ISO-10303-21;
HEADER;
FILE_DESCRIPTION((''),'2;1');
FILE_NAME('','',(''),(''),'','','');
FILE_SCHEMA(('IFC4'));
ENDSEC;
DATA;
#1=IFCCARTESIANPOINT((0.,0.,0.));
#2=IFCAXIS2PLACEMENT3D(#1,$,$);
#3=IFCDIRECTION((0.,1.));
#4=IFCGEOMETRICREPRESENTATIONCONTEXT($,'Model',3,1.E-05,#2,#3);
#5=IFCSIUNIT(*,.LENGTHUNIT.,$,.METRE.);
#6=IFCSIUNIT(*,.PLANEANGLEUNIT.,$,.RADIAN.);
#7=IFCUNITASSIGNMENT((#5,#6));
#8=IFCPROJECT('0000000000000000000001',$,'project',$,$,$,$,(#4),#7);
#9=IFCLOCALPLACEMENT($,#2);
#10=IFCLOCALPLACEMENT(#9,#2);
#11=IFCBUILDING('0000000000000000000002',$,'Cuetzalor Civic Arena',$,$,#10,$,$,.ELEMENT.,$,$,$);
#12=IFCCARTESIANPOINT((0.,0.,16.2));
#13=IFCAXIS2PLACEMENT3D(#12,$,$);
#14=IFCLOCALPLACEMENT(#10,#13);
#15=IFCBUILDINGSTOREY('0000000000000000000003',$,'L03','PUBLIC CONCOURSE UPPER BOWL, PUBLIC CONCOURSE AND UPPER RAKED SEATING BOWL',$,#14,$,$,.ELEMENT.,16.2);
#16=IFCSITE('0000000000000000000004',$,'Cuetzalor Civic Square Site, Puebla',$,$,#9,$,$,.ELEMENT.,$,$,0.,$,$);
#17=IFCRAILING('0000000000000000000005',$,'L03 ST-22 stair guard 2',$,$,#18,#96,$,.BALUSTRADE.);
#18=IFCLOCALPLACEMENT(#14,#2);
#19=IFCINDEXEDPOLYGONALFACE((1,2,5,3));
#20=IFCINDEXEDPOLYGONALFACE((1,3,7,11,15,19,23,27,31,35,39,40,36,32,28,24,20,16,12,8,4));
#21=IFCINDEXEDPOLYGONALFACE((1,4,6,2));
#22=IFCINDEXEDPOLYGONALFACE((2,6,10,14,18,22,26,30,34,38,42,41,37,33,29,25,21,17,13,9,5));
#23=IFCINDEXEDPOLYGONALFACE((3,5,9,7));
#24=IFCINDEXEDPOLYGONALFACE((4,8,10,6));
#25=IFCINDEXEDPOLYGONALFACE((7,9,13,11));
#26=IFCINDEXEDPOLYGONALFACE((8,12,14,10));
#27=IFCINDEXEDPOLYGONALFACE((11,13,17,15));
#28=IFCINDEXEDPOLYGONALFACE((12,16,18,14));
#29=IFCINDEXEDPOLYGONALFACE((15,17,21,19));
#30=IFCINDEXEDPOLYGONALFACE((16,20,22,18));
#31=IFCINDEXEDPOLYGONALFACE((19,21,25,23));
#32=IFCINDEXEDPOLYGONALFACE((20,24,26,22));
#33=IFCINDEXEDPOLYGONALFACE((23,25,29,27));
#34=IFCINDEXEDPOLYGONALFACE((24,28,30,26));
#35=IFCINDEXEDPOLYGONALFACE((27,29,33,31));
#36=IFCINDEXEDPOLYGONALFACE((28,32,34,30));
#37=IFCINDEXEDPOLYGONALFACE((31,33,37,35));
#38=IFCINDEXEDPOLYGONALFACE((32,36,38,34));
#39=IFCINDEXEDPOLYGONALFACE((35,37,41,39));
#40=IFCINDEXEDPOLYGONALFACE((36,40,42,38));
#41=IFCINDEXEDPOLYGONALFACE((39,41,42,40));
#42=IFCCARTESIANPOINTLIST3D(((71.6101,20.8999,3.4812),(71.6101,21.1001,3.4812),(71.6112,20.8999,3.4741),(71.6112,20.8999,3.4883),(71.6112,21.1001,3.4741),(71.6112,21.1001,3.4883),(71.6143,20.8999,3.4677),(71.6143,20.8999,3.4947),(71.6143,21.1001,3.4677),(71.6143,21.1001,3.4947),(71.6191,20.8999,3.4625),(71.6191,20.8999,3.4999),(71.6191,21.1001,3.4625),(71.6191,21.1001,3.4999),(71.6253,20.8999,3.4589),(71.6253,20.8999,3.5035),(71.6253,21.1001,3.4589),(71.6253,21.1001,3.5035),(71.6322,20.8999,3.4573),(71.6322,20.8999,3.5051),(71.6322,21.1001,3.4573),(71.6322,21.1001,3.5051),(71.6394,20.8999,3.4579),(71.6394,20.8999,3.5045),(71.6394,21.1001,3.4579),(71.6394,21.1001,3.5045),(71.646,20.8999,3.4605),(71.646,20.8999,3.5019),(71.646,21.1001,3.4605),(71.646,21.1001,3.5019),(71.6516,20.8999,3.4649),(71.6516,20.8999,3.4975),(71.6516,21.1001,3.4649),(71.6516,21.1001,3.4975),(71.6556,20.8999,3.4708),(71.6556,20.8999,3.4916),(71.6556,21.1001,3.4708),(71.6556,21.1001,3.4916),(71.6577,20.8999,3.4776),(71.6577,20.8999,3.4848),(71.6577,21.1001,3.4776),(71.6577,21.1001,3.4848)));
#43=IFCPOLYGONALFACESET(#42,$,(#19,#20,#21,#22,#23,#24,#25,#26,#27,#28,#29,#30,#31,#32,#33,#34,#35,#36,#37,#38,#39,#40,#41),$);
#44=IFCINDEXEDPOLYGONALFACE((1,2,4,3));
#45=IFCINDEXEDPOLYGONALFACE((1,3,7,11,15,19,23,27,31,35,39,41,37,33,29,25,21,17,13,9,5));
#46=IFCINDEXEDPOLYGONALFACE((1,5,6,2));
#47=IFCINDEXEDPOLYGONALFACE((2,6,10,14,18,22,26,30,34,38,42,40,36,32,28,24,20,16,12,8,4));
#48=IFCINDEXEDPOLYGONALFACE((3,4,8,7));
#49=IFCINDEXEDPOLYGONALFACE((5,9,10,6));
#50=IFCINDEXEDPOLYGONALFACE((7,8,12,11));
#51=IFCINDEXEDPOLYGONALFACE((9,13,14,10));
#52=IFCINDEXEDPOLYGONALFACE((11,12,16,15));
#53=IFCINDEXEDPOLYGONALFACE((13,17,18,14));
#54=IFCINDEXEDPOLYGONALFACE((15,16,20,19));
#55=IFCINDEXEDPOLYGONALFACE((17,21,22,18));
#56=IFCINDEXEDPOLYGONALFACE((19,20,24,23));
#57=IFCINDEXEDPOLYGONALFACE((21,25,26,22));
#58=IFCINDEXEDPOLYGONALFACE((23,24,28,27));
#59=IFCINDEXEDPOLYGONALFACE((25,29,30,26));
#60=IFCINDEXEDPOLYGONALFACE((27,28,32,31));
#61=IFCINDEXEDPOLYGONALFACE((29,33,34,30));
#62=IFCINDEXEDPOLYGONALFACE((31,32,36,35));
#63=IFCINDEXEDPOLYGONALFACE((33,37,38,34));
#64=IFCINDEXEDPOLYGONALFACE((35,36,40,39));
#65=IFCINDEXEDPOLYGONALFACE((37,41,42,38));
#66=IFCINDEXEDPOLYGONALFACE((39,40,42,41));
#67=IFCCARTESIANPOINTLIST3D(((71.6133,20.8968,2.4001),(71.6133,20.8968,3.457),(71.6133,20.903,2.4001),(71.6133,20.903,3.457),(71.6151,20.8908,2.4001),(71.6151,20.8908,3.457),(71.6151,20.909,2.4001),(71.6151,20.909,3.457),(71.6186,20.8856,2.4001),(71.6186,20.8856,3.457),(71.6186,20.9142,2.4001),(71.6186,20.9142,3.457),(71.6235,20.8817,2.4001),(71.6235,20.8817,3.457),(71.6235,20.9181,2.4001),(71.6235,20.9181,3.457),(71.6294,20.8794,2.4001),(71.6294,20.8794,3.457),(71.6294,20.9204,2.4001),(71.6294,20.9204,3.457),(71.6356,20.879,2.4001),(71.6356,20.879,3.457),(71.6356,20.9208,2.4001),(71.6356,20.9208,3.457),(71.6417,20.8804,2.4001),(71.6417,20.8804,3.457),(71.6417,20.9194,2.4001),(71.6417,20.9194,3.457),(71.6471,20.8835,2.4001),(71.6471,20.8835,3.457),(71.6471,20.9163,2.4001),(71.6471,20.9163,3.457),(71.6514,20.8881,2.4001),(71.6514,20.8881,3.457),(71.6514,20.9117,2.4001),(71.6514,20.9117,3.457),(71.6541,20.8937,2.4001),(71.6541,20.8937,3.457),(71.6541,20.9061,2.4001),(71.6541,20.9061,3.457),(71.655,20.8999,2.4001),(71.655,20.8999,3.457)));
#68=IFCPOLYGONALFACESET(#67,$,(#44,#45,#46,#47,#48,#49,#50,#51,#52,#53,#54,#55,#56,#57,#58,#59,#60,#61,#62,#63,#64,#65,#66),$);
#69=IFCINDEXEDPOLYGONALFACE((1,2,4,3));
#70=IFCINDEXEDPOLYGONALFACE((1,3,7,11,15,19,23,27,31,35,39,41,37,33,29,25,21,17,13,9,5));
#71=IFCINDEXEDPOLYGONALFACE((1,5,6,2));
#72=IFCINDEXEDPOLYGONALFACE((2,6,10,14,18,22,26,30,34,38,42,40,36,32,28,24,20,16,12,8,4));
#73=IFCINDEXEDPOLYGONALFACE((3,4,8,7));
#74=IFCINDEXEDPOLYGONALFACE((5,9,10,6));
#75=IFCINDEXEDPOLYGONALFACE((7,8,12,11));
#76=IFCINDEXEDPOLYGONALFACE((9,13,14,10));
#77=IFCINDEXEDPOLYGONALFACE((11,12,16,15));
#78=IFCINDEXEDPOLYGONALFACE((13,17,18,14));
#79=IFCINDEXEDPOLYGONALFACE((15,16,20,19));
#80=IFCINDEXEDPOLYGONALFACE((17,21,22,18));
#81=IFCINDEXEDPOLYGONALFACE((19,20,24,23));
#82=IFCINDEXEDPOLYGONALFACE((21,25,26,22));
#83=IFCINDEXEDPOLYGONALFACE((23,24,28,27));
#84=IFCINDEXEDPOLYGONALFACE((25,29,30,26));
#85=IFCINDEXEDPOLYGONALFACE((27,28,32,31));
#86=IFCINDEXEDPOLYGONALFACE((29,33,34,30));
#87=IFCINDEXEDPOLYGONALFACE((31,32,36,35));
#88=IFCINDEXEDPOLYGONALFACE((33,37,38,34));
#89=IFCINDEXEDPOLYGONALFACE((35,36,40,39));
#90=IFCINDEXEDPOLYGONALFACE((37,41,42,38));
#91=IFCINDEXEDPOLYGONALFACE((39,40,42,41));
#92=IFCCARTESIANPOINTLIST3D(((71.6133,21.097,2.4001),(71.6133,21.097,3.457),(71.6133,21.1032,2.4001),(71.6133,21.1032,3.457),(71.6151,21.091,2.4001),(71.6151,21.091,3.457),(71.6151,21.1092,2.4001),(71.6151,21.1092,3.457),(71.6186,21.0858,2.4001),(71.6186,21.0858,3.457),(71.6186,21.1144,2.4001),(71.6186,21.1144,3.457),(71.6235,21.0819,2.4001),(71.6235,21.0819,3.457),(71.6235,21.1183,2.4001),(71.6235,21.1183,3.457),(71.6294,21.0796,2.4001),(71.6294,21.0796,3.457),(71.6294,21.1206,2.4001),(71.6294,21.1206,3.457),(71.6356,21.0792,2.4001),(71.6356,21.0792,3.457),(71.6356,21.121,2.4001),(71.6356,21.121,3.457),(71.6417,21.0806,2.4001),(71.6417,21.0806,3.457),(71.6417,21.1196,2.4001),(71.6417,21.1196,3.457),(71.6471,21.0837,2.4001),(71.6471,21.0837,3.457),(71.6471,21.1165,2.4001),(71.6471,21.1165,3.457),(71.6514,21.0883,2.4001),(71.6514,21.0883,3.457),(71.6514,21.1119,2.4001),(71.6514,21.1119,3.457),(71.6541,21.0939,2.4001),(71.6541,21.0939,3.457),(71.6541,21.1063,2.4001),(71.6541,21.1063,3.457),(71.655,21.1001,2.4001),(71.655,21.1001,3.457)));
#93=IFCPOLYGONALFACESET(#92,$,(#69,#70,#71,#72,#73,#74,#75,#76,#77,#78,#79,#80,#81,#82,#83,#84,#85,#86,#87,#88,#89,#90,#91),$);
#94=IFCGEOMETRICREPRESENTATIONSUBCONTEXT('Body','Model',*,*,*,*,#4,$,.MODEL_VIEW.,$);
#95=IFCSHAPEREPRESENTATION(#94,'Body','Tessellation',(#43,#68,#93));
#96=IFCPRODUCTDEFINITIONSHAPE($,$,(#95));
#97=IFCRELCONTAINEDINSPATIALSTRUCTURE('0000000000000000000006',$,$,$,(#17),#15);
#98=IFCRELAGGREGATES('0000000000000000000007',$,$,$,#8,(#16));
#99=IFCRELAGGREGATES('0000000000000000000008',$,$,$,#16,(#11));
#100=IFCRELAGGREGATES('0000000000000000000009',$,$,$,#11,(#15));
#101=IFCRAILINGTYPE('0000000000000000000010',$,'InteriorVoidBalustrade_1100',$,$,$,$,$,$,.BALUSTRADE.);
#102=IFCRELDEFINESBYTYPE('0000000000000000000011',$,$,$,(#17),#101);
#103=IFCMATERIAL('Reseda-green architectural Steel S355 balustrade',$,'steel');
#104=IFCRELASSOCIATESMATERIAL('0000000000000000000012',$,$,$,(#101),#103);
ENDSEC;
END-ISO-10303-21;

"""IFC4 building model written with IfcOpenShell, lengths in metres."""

from ifc_helpers import new_model, si_unit, direction, frame, origin, origin_2d, place, context, subcontext, project, spatial, circle, extrude, material, type_object, element, save


model = new_model("IFC4")

# Units and contexts
model_context = context("Model", 3, precision=1e-05, world=origin(), true_north=direction((0.0, 1.0)))
body_context = subcontext(model_context, "Body", "Model", "MODEL_VIEW")
ifc_project = project(units=[si_unit("LENGTHUNIT", "METRE"), si_unit("PLANEANGLEUNIT", "RADIAN")], contexts=[model_context])

# Site, building, storey
site_placement = place(None, origin())
site = spatial("IfcSite", under=ifc_project, at=site_placement, Name="Cuetzalor Civic Square Site, Puebla", CompositionType="ELEMENT", RefElevation=0.0)
building_placement = place(site_placement, origin())
building = spatial("IfcBuilding", under=site, at=building_placement, Name="Cuetzalor Civic Arena", CompositionType="ELEMENT")
storey_placement = place(building_placement, frame((0.0, 0.0, 16.2)))
storey = spatial("IfcBuildingStorey", under=building, at=storey_placement, Name="L03", Description="PUBLIC CONCOURSE UPPER BOWL, PUBLIC CONCOURSE AND UPPER RAKED SEATING BOWL", CompositionType="ELEMENT", Elevation=16.2)

# Railing
ifc_material_1 = material(Name="Reseda-green architectural Steel S355 balustrade", Category="steel")
railing_type_1 = type_object("IfcRailingType", Name="InteriorVoidBalustrade_1100", PredefinedType="BALUSTRADE", material=ifc_material_1)
railing_1_placement = place(storey_placement, frame((71.634, 20.8999, 2.4001)))
element("IfcRailing", 1, at=railing_1_placement, inside=storey, type_object=railing_type_1, Name="L03 ST-22 stair guard 2", PredefinedType="BALUSTRADE", context=body_context, shape_type="SweptSolid", body=[
    extrude(circle(Radius=0.0239, at=origin_2d()), frame((0.0, 0.0, 1.0811), z_axis=(0.0, 1.0, 0.0), x_axis=(-1.0, 0.0, 0.0)), (0.0, 0.0, 1.0), 0.2002),
    extrude(circle(Radius=0.021, at=origin_2d()), origin(), (0.0, 0.0, 1.0), 1.0569),
    extrude(circle(Radius=0.021, at=origin_2d()), frame((0.0, 0.2002, 0.0)), (0.0, 0.0, 1.0), 1.0569),
])

save(model, "model.ifc")
